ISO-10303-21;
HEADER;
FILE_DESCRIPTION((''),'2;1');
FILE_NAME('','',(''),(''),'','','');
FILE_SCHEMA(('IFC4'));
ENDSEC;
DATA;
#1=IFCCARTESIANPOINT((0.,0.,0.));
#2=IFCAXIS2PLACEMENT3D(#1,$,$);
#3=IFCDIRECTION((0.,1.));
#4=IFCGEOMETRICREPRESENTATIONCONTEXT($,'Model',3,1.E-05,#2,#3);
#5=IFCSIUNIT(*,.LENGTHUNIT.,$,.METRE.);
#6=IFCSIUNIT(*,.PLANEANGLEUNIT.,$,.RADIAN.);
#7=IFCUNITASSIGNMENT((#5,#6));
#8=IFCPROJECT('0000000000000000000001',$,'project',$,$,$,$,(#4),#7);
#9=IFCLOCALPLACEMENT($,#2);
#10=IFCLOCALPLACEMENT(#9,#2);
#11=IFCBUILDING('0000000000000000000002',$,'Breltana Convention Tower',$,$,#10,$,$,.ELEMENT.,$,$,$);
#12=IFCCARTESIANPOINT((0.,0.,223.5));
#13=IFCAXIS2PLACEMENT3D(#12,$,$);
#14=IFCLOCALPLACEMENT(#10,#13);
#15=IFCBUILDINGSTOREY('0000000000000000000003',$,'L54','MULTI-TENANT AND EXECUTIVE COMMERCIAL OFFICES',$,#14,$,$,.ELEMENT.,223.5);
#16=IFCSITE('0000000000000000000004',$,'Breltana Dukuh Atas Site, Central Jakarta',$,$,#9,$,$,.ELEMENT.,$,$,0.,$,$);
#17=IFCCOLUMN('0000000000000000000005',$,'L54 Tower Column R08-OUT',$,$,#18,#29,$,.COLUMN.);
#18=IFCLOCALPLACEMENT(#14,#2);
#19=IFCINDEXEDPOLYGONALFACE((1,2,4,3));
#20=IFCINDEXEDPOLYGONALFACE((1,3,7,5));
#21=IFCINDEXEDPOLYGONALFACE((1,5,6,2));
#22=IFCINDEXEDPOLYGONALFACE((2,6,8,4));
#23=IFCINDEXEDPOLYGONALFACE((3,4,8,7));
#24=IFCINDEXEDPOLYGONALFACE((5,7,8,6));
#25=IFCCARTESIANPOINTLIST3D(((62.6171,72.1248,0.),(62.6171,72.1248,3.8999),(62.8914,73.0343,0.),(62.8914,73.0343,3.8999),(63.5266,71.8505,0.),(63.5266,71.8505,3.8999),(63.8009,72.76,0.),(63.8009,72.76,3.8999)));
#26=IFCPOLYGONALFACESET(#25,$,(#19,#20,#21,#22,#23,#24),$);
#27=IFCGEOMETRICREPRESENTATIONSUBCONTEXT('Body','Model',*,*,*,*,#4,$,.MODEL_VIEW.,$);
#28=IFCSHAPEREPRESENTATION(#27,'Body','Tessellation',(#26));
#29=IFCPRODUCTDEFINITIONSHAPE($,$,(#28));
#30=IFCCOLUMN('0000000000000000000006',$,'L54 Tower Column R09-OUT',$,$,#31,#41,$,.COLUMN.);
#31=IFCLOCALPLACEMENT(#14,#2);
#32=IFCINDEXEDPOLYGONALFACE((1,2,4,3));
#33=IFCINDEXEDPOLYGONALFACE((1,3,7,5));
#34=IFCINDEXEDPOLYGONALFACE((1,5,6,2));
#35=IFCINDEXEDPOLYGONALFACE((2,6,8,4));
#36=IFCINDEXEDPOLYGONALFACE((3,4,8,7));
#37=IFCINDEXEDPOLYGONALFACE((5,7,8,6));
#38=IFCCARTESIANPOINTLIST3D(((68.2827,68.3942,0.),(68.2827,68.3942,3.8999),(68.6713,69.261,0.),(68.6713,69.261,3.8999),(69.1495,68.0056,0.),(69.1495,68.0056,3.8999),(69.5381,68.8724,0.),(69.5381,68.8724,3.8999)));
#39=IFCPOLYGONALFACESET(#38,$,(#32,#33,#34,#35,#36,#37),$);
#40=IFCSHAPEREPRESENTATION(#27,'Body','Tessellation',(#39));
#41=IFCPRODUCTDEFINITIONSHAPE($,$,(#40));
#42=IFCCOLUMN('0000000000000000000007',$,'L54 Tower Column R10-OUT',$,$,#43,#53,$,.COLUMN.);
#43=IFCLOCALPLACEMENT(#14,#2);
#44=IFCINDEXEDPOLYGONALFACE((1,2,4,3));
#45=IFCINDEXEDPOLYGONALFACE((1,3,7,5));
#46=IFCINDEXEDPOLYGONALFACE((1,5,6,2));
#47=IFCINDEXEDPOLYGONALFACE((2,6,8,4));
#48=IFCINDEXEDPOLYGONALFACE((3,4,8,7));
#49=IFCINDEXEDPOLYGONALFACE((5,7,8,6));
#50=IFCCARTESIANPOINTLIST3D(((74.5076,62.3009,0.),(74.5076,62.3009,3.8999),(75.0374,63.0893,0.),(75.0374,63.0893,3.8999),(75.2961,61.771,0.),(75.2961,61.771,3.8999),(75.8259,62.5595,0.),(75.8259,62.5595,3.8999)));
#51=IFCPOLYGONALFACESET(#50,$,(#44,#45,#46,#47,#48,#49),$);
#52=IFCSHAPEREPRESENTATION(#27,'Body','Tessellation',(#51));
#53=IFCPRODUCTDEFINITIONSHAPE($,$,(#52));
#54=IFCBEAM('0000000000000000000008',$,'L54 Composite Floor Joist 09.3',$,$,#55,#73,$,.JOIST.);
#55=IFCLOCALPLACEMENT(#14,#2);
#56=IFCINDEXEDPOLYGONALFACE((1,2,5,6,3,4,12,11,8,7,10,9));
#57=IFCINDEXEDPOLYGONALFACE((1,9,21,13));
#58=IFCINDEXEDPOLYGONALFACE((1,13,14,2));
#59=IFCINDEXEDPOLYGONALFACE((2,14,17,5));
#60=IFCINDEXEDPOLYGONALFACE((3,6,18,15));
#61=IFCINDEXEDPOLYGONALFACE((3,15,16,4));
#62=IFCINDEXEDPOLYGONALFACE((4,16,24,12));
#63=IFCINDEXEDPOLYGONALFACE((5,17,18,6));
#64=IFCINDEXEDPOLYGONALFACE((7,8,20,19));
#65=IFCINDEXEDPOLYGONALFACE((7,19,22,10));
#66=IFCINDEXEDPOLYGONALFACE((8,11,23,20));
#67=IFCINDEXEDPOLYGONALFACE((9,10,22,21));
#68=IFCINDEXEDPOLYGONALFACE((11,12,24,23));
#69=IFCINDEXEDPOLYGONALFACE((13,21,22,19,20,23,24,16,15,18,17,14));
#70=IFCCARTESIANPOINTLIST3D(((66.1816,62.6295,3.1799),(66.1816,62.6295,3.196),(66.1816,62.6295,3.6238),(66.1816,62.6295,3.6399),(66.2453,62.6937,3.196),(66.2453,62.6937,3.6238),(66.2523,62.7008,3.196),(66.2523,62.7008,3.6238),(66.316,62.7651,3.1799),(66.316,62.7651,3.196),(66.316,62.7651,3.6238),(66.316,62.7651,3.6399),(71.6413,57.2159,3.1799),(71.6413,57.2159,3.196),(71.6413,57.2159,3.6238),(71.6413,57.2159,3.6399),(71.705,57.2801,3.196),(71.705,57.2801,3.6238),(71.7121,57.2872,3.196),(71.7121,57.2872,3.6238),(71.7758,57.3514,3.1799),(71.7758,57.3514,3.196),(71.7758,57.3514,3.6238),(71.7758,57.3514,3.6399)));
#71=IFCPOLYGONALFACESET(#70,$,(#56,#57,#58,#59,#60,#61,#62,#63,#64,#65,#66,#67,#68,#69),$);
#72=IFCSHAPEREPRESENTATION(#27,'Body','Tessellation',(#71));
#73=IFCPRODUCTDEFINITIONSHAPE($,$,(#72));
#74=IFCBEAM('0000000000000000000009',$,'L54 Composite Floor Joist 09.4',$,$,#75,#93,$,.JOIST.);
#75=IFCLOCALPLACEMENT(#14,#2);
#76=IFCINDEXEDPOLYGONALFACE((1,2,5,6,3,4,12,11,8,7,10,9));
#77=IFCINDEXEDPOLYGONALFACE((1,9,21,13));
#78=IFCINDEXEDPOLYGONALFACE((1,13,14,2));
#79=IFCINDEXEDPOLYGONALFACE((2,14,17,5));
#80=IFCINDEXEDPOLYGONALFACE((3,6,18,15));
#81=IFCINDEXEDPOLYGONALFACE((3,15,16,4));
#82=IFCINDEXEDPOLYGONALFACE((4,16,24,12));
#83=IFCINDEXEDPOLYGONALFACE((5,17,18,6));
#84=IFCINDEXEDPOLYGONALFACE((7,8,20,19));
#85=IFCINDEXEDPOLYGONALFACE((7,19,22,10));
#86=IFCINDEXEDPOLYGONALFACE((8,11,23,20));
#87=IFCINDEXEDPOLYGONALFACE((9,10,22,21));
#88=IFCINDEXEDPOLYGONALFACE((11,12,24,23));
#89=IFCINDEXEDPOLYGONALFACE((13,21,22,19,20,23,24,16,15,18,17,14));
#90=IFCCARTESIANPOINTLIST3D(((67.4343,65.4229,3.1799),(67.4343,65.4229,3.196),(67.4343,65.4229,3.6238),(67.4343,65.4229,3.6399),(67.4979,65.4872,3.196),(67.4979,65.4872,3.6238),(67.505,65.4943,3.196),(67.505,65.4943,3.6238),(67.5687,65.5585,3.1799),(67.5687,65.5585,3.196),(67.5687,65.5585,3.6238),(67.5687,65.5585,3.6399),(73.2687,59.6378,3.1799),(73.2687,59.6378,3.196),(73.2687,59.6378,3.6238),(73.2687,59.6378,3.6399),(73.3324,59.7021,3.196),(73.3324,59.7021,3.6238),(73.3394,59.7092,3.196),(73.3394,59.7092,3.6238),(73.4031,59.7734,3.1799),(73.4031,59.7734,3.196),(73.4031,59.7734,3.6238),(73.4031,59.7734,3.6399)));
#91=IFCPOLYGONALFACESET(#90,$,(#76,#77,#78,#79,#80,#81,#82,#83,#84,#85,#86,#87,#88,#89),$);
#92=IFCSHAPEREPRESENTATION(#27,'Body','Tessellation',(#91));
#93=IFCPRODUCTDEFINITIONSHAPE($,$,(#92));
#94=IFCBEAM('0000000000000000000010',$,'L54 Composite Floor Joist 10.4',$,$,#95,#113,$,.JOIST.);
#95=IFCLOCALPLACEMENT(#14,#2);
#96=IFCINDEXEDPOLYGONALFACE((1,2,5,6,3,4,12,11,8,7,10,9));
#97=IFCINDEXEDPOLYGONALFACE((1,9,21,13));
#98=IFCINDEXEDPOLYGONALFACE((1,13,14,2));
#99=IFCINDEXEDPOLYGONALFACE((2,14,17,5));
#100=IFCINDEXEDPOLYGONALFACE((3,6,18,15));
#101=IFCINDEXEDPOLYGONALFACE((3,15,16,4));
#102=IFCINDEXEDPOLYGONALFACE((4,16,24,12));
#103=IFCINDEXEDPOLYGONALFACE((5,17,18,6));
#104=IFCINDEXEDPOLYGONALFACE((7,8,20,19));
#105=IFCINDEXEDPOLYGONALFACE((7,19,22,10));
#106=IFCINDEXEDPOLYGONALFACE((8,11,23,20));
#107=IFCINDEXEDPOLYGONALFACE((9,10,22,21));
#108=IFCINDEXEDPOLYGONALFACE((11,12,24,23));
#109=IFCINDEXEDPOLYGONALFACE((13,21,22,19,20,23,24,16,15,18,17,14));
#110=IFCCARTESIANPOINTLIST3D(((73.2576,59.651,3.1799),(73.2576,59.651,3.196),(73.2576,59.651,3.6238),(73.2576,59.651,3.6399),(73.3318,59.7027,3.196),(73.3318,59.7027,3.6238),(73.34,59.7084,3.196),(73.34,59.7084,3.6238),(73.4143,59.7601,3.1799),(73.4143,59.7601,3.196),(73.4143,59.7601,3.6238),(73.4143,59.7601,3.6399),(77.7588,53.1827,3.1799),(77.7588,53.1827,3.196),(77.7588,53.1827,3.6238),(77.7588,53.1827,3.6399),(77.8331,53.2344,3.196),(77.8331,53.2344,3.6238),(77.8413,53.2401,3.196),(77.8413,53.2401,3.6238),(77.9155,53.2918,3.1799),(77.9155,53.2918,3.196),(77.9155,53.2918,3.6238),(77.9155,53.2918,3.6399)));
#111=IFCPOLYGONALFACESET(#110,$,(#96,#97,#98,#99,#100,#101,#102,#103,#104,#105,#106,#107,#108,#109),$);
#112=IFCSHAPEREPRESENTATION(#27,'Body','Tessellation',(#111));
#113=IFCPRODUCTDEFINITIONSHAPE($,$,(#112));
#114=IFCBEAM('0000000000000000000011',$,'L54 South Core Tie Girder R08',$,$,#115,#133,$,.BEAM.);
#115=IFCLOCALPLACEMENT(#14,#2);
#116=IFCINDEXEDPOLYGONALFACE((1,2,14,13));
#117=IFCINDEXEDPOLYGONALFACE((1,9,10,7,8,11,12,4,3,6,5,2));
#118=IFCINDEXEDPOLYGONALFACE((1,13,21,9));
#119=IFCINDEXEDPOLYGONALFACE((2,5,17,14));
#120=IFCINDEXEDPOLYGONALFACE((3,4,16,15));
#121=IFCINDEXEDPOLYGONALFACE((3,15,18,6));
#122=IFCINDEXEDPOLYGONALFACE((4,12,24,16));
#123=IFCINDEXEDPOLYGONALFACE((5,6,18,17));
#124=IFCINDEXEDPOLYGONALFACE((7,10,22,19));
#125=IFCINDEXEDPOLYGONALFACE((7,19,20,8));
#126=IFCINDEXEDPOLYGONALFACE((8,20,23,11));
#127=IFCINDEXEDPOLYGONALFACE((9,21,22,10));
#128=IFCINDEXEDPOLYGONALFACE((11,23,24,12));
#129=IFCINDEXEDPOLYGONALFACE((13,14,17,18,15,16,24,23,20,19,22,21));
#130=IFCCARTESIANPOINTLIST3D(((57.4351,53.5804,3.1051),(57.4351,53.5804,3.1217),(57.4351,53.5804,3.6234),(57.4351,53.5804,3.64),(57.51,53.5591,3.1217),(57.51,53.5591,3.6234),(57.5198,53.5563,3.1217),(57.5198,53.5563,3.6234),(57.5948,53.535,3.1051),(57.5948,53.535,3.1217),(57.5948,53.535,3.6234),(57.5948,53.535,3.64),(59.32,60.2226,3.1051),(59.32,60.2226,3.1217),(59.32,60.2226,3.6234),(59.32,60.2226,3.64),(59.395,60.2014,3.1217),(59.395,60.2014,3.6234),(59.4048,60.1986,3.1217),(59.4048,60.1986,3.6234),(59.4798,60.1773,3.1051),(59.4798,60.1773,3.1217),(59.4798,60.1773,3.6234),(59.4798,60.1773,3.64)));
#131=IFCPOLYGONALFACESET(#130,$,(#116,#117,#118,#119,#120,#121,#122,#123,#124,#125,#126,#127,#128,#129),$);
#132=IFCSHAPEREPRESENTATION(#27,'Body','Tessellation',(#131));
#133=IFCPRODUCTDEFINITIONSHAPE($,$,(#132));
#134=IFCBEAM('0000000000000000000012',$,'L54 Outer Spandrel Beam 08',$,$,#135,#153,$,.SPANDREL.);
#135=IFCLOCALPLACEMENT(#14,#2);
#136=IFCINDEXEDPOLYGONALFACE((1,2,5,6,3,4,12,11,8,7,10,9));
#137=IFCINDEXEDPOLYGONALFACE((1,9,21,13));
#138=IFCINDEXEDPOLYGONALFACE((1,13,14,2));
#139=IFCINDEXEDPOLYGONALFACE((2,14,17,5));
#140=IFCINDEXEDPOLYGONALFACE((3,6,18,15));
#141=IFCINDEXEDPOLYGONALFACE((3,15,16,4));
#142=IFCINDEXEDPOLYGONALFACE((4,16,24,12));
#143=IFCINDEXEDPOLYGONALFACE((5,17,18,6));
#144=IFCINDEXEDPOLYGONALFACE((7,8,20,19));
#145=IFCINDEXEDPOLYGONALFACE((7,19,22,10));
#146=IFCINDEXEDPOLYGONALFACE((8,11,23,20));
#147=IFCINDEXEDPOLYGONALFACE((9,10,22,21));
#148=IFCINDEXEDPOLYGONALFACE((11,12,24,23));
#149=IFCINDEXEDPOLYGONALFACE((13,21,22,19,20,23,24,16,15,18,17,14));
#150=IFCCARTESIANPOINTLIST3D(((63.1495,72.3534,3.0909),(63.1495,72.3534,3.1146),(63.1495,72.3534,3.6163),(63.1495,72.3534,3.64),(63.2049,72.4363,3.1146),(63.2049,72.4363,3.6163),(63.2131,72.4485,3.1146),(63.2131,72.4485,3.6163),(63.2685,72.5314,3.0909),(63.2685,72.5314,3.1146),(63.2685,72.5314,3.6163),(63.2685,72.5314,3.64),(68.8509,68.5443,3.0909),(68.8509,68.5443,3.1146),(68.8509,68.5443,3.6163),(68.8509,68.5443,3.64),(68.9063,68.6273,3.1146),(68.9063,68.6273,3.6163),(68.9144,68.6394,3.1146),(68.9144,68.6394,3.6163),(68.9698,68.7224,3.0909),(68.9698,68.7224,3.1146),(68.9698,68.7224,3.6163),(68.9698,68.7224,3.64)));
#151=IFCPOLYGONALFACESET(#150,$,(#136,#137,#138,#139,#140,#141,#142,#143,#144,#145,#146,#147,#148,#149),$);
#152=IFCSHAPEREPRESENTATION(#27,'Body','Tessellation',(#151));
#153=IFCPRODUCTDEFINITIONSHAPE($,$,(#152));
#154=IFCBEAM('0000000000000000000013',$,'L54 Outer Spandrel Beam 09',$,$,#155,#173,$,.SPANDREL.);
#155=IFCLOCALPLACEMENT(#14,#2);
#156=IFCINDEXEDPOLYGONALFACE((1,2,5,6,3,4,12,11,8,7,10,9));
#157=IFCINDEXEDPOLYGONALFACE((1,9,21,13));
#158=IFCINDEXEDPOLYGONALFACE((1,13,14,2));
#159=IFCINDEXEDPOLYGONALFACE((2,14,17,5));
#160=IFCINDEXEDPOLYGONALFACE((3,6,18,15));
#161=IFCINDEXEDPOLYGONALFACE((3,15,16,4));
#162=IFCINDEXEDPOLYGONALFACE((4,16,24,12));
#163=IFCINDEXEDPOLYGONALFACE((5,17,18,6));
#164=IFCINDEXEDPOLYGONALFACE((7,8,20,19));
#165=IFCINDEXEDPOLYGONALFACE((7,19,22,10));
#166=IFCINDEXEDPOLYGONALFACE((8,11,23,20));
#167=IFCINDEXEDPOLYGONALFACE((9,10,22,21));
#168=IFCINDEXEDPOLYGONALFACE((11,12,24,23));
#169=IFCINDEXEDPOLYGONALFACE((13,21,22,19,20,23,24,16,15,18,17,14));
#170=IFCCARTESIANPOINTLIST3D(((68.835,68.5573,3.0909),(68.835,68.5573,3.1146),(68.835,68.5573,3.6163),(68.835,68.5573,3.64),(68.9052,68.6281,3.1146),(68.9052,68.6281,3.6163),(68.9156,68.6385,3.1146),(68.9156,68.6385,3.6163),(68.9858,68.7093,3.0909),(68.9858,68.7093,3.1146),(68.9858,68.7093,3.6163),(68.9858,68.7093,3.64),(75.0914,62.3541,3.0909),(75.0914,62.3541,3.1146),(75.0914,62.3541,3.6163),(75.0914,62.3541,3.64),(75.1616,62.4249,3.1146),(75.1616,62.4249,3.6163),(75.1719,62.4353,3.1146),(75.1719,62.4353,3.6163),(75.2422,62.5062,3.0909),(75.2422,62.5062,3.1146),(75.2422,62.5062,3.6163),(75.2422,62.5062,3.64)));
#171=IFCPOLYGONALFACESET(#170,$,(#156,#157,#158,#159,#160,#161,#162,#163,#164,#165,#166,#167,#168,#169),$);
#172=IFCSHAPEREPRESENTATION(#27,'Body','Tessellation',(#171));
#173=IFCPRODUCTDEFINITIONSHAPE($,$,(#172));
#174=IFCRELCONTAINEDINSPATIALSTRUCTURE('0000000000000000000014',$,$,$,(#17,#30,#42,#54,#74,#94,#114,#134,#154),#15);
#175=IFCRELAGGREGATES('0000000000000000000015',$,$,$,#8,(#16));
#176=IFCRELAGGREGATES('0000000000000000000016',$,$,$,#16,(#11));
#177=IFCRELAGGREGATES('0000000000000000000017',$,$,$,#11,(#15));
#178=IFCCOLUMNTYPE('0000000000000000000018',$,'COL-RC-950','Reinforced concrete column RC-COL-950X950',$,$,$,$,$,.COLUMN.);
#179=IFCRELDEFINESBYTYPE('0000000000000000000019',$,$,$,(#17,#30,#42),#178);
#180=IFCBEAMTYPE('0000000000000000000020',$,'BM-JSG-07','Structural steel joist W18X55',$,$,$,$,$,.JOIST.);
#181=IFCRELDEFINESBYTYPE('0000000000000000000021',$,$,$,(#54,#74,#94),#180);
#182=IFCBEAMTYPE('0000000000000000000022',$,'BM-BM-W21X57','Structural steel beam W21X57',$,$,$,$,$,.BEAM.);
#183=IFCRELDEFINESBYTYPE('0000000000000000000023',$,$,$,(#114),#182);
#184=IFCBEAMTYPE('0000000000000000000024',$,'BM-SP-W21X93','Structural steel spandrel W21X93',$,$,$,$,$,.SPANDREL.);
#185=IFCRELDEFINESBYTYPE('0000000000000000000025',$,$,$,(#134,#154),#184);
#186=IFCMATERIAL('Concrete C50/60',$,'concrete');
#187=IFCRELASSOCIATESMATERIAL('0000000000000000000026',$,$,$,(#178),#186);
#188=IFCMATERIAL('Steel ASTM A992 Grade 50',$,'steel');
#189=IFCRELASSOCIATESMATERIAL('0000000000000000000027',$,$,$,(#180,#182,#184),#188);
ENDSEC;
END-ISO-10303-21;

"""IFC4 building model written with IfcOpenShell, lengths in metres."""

from ifc_helpers import new_model, si_unit, direction, frame, origin, origin_2d, place, context, subcontext, project, spatial, rectangle, i_section, extrude, source, transform, mapped, material, material_profile, profile_set, type_object, type_shapes, element, save


model = new_model("IFC4")

# Units and contexts
model_context = context("Model", 3, precision=1e-05, world=origin(), true_north=direction((0.0, 1.0)))
body_context = subcontext(model_context, "Body", "Model", "MODEL_VIEW")
ifc_project = project(units=[si_unit("LENGTHUNIT", "METRE"), si_unit("PLANEANGLEUNIT", "RADIAN")], contexts=[model_context])

# Site, building, storey
site_placement = place(None, origin())
site = spatial("IfcSite", under=ifc_project, at=site_placement, Name="Breltana Dukuh Atas Site, Central Jakarta", CompositionType="ELEMENT", RefElevation=0.0)
building_placement = place(site_placement, origin())
building = spatial("IfcBuilding", under=site, at=building_placement, Name="Breltana Convention Tower", CompositionType="ELEMENT")
storey_placement = place(building_placement, frame((0.0, 0.0, 223.5)))
storey = spatial("IfcBuildingStorey", under=building, at=storey_placement, Name="L54", Description="MULTI-TENANT AND EXECUTIVE COMMERCIAL OFFICES", CompositionType="ELEMENT", Elevation=223.5)

# Columns
ifc_material_1 = material(Name="Concrete C50/60", Category="concrete")
ifc_material_profile_1 = material_profile(ifc_material_1, rectangle(XDim=0.95, YDim=0.95, at=origin_2d()), Name="RC-COL-950X950")
ifc_profile_set_1 = profile_set([ifc_material_profile_1], Name="Concrete C50/60")
column_type = type_object("IfcColumnType", Name="COL-RC-950", Description="Reinforced concrete column RC-COL-950X950", PredefinedType="COLUMN", material=ifc_profile_set_1)
shared_shape_1 = source(origin(), body_context, "Body", "SweptSolid", [
    extrude(rectangle(XDim=0.95, YDim=0.95, at=origin_2d()), origin(), (0.0, 0.0, 1.0), 3.8999),
])
for number, where, z_axis, x_axis, name in (
    (1, (63.209, 72.4424, 0.0), (0.0, 0.0, 1.0), (0.288698, 0.95742, 0.0), "L54 Tower Column R08-OUT"),
    (2, (68.9104, 68.6333, 0.0), (0.0, 0.0, 1.0), (0.409127, 0.912477, 0.0), "L54 Tower Column R09-OUT"),
    (3, (75.1667, 62.4302, 0.0), (0.0, 0.0, 1.0), (0.557745, 0.830012, 0.0), "L54 Tower Column R10-OUT"),
):
    element("IfcColumn", number, at=place(storey_placement, frame(where, z_axis=z_axis, x_axis=x_axis)), inside=storey, type_object=column_type, Name=name, PredefinedType="COLUMN", context=body_context, shape_type="MappedRepresentation", body=[
        mapped(shared_shape_1, transform((0.0, 0.0, 0.0), scale=1.0)),
    ])

# Beams
ifc_material_2 = material(Name="Steel ASTM A992 Grade 50", Category="steel")
ifc_material_profile_2 = material_profile(ifc_material_2, i_section(OverallWidth=0.1909, OverallDepth=0.46, WebThickness=0.01, FlangeThickness=0.0161, at=origin_2d()), Name="W18X55")
ifc_profile_set_2 = profile_set([ifc_material_profile_2], Name="Steel ASTM A992 Grade 50")
beam_type_1 = type_object("IfcBeamType", Name="BM-JSG-07", Description="Structural steel joist W18X55", PredefinedType="JOIST", material=ifc_profile_set_2)
shared_shape_2 = source(origin(), body_context, "Body", "SweptSolid", [
    extrude(i_section(OverallWidth=0.1909, OverallDepth=0.46, WebThickness=0.01, FlangeThickness=0.0161, at=origin_2d()), origin(), (0.0, 0.0, 1.0), 7.6887),
])
beam_1_placement = place(storey_placement, frame((66.2488, 62.6973, 3.4099), z_axis=(0.710101, -0.7041, 0.0), x_axis=(0.7041, 0.710101, 0.0)))
element("IfcBeam", 4, at=beam_1_placement, inside=storey, type_object=beam_type_1, Name="L54 Composite Floor Joist 09.3", PredefinedType="JOIST", context=body_context, shape_type="MappedRepresentation", body=[
    mapped(shared_shape_2, transform((0.0, 0.0, 0.0), scale=1.0)),
])
shared_shape_3 = source(origin(), body_context, "Body", "SweptSolid", [
    extrude(i_section(OverallWidth=0.1909, OverallDepth=0.46, WebThickness=0.01, FlangeThickness=0.0161, at=origin_2d()), origin(), (0.0, 0.0, 1.0), 8.2163),
])
beam_2_placement = place(storey_placement, frame((67.5015, 65.4907, 3.4099), z_axis=(0.710102, -0.704099, 0.0), x_axis=(0.704099, 0.710102, 0.0)))
element("IfcBeam", 5, at=beam_2_placement, inside=storey, type_object=beam_type_1, Name="L54 Composite Floor Joist 09.4", PredefinedType="JOIST", context=body_context, shape_type="MappedRepresentation", body=[
    mapped(shared_shape_3, transform((0.0, 0.0, 0.0), scale=1.0)),
])
shared_shape_4 = source(origin(), body_context, "Body", "SweptSolid", [
    extrude(i_section(OverallWidth=0.1909, OverallDepth=0.46, WebThickness=0.01, FlangeThickness=0.0161, at=origin_2d()), origin(), (0.0, 0.0, 1.0), 7.8804),
])
beam_3_placement = place(storey_placement, frame((73.3359, 59.7056, 3.4099), z_axis=(0.571198, -0.820812, 0.0), x_axis=(0.820812, 0.571198, 0.0)))
element("IfcBeam", 6, at=beam_3_placement, inside=storey, type_object=beam_type_1, Name="L54 Composite Floor Joist 10.4", PredefinedType="JOIST", context=body_context, shape_type="MappedRepresentation", body=[
    mapped(shared_shape_4, transform((0.0, 0.0, 0.0), scale=1.0)),
])
ifc_material_profile_3 = material_profile(ifc_material_2, i_section(OverallWidth=0.166, OverallDepth=0.5349, WebThickness=0.0103, FlangeThickness=0.0166, at=origin_2d()), Name="W21X57")
ifc_profile_set_3 = profile_set([ifc_material_profile_3], Name="Steel ASTM A992 Grade 50")
beam_type_2 = type_object("IfcBeamType", Name="BM-BM-W21X57", Description="Structural steel beam W21X57", PredefinedType="BEAM", material=ifc_profile_set_3)
shared_shape_5 = source(origin(), body_context, "Body", "SweptSolid", [
    extrude(i_section(OverallWidth=0.166, OverallDepth=0.5349, WebThickness=0.0103, FlangeThickness=0.0166, at=origin_2d()), origin(), (0.0, 0.0, 1.0), 6.9045),
])
type_shapes(beam_type_2, [shared_shape_5])
beam_4_placement = place(storey_placement, frame((59.3999, 60.2, 3.3726), z_axis=(-0.273007, -0.962012, 0.0), x_axis=(0.962012, -0.273007, 0.0)))
element("IfcBeam", 7, at=beam_4_placement, inside=storey, type_object=beam_type_2, Name="L54 South Core Tie Girder R08", PredefinedType="BEAM", context=body_context, shape_type="MappedRepresentation", body=[
    mapped(shared_shape_5, transform((0.0, 0.0, 0.0), scale=1.0)),
])
ifc_material_profile_4 = material_profile(ifc_material_2, i_section(OverallWidth=0.2141, OverallDepth=0.5491, WebThickness=0.0146, FlangeThickness=0.0237, at=origin_2d()), Name="W21X93")
ifc_profile_set_4 = profile_set([ifc_material_profile_4], Name="Steel ASTM A992 Grade 50")
beam_type_3 = type_object("IfcBeamType", Name="BM-SP-W21X93", Description="Structural steel spandrel W21X93", PredefinedType="SPANDREL", material=ifc_profile_set_4)
shared_shape_6 = source(origin(), body_context, "Body", "SweptSolid", [
    extrude(i_section(OverallWidth=0.2141, OverallDepth=0.5491, WebThickness=0.0146, FlangeThickness=0.0237, at=origin_2d()), origin(), (0.0, 0.0, 1.0), 6.8567),
])
beam_5_placement = place(storey_placement, frame((63.209, 72.4424, 3.3655), z_axis=(0.831502, -0.555522, 0.0), x_axis=(0.555522, 0.831502, 0.0)))
element("IfcBeam", 8, at=beam_5_placement, inside=storey, type_object=beam_type_3, Name="L54 Outer Spandrel Beam 08", PredefinedType="SPANDREL", context=body_context, shape_type="MappedRepresentation", body=[
    mapped(shared_shape_6, transform((0.0, 0.0, 0.0), scale=1.0)),
])
shared_shape_7 = source(origin(), body_context, "Body", "SweptSolid", [
    extrude(i_section(OverallWidth=0.2141, OverallDepth=0.5491, WebThickness=0.0146, FlangeThickness=0.0237, at=origin_2d()), origin(), (0.0, 0.0, 1.0), 8.8103),
])
beam_6_placement = place(storey_placement, frame((68.9104, 68.6333, 3.3655), z_axis=(0.710121, -0.70408, 0.0), x_axis=(0.70408, 0.710121, 0.0)))
element("IfcBeam", 9, at=beam_6_placement, inside=storey, type_object=beam_type_3, Name="L54 Outer Spandrel Beam 09", PredefinedType="SPANDREL", context=body_context, shape_type="MappedRepresentation", body=[
    mapped(shared_shape_7, transform((0.0, 0.0, 0.0), scale=1.0)),
])

save(model, "model.ifc")
